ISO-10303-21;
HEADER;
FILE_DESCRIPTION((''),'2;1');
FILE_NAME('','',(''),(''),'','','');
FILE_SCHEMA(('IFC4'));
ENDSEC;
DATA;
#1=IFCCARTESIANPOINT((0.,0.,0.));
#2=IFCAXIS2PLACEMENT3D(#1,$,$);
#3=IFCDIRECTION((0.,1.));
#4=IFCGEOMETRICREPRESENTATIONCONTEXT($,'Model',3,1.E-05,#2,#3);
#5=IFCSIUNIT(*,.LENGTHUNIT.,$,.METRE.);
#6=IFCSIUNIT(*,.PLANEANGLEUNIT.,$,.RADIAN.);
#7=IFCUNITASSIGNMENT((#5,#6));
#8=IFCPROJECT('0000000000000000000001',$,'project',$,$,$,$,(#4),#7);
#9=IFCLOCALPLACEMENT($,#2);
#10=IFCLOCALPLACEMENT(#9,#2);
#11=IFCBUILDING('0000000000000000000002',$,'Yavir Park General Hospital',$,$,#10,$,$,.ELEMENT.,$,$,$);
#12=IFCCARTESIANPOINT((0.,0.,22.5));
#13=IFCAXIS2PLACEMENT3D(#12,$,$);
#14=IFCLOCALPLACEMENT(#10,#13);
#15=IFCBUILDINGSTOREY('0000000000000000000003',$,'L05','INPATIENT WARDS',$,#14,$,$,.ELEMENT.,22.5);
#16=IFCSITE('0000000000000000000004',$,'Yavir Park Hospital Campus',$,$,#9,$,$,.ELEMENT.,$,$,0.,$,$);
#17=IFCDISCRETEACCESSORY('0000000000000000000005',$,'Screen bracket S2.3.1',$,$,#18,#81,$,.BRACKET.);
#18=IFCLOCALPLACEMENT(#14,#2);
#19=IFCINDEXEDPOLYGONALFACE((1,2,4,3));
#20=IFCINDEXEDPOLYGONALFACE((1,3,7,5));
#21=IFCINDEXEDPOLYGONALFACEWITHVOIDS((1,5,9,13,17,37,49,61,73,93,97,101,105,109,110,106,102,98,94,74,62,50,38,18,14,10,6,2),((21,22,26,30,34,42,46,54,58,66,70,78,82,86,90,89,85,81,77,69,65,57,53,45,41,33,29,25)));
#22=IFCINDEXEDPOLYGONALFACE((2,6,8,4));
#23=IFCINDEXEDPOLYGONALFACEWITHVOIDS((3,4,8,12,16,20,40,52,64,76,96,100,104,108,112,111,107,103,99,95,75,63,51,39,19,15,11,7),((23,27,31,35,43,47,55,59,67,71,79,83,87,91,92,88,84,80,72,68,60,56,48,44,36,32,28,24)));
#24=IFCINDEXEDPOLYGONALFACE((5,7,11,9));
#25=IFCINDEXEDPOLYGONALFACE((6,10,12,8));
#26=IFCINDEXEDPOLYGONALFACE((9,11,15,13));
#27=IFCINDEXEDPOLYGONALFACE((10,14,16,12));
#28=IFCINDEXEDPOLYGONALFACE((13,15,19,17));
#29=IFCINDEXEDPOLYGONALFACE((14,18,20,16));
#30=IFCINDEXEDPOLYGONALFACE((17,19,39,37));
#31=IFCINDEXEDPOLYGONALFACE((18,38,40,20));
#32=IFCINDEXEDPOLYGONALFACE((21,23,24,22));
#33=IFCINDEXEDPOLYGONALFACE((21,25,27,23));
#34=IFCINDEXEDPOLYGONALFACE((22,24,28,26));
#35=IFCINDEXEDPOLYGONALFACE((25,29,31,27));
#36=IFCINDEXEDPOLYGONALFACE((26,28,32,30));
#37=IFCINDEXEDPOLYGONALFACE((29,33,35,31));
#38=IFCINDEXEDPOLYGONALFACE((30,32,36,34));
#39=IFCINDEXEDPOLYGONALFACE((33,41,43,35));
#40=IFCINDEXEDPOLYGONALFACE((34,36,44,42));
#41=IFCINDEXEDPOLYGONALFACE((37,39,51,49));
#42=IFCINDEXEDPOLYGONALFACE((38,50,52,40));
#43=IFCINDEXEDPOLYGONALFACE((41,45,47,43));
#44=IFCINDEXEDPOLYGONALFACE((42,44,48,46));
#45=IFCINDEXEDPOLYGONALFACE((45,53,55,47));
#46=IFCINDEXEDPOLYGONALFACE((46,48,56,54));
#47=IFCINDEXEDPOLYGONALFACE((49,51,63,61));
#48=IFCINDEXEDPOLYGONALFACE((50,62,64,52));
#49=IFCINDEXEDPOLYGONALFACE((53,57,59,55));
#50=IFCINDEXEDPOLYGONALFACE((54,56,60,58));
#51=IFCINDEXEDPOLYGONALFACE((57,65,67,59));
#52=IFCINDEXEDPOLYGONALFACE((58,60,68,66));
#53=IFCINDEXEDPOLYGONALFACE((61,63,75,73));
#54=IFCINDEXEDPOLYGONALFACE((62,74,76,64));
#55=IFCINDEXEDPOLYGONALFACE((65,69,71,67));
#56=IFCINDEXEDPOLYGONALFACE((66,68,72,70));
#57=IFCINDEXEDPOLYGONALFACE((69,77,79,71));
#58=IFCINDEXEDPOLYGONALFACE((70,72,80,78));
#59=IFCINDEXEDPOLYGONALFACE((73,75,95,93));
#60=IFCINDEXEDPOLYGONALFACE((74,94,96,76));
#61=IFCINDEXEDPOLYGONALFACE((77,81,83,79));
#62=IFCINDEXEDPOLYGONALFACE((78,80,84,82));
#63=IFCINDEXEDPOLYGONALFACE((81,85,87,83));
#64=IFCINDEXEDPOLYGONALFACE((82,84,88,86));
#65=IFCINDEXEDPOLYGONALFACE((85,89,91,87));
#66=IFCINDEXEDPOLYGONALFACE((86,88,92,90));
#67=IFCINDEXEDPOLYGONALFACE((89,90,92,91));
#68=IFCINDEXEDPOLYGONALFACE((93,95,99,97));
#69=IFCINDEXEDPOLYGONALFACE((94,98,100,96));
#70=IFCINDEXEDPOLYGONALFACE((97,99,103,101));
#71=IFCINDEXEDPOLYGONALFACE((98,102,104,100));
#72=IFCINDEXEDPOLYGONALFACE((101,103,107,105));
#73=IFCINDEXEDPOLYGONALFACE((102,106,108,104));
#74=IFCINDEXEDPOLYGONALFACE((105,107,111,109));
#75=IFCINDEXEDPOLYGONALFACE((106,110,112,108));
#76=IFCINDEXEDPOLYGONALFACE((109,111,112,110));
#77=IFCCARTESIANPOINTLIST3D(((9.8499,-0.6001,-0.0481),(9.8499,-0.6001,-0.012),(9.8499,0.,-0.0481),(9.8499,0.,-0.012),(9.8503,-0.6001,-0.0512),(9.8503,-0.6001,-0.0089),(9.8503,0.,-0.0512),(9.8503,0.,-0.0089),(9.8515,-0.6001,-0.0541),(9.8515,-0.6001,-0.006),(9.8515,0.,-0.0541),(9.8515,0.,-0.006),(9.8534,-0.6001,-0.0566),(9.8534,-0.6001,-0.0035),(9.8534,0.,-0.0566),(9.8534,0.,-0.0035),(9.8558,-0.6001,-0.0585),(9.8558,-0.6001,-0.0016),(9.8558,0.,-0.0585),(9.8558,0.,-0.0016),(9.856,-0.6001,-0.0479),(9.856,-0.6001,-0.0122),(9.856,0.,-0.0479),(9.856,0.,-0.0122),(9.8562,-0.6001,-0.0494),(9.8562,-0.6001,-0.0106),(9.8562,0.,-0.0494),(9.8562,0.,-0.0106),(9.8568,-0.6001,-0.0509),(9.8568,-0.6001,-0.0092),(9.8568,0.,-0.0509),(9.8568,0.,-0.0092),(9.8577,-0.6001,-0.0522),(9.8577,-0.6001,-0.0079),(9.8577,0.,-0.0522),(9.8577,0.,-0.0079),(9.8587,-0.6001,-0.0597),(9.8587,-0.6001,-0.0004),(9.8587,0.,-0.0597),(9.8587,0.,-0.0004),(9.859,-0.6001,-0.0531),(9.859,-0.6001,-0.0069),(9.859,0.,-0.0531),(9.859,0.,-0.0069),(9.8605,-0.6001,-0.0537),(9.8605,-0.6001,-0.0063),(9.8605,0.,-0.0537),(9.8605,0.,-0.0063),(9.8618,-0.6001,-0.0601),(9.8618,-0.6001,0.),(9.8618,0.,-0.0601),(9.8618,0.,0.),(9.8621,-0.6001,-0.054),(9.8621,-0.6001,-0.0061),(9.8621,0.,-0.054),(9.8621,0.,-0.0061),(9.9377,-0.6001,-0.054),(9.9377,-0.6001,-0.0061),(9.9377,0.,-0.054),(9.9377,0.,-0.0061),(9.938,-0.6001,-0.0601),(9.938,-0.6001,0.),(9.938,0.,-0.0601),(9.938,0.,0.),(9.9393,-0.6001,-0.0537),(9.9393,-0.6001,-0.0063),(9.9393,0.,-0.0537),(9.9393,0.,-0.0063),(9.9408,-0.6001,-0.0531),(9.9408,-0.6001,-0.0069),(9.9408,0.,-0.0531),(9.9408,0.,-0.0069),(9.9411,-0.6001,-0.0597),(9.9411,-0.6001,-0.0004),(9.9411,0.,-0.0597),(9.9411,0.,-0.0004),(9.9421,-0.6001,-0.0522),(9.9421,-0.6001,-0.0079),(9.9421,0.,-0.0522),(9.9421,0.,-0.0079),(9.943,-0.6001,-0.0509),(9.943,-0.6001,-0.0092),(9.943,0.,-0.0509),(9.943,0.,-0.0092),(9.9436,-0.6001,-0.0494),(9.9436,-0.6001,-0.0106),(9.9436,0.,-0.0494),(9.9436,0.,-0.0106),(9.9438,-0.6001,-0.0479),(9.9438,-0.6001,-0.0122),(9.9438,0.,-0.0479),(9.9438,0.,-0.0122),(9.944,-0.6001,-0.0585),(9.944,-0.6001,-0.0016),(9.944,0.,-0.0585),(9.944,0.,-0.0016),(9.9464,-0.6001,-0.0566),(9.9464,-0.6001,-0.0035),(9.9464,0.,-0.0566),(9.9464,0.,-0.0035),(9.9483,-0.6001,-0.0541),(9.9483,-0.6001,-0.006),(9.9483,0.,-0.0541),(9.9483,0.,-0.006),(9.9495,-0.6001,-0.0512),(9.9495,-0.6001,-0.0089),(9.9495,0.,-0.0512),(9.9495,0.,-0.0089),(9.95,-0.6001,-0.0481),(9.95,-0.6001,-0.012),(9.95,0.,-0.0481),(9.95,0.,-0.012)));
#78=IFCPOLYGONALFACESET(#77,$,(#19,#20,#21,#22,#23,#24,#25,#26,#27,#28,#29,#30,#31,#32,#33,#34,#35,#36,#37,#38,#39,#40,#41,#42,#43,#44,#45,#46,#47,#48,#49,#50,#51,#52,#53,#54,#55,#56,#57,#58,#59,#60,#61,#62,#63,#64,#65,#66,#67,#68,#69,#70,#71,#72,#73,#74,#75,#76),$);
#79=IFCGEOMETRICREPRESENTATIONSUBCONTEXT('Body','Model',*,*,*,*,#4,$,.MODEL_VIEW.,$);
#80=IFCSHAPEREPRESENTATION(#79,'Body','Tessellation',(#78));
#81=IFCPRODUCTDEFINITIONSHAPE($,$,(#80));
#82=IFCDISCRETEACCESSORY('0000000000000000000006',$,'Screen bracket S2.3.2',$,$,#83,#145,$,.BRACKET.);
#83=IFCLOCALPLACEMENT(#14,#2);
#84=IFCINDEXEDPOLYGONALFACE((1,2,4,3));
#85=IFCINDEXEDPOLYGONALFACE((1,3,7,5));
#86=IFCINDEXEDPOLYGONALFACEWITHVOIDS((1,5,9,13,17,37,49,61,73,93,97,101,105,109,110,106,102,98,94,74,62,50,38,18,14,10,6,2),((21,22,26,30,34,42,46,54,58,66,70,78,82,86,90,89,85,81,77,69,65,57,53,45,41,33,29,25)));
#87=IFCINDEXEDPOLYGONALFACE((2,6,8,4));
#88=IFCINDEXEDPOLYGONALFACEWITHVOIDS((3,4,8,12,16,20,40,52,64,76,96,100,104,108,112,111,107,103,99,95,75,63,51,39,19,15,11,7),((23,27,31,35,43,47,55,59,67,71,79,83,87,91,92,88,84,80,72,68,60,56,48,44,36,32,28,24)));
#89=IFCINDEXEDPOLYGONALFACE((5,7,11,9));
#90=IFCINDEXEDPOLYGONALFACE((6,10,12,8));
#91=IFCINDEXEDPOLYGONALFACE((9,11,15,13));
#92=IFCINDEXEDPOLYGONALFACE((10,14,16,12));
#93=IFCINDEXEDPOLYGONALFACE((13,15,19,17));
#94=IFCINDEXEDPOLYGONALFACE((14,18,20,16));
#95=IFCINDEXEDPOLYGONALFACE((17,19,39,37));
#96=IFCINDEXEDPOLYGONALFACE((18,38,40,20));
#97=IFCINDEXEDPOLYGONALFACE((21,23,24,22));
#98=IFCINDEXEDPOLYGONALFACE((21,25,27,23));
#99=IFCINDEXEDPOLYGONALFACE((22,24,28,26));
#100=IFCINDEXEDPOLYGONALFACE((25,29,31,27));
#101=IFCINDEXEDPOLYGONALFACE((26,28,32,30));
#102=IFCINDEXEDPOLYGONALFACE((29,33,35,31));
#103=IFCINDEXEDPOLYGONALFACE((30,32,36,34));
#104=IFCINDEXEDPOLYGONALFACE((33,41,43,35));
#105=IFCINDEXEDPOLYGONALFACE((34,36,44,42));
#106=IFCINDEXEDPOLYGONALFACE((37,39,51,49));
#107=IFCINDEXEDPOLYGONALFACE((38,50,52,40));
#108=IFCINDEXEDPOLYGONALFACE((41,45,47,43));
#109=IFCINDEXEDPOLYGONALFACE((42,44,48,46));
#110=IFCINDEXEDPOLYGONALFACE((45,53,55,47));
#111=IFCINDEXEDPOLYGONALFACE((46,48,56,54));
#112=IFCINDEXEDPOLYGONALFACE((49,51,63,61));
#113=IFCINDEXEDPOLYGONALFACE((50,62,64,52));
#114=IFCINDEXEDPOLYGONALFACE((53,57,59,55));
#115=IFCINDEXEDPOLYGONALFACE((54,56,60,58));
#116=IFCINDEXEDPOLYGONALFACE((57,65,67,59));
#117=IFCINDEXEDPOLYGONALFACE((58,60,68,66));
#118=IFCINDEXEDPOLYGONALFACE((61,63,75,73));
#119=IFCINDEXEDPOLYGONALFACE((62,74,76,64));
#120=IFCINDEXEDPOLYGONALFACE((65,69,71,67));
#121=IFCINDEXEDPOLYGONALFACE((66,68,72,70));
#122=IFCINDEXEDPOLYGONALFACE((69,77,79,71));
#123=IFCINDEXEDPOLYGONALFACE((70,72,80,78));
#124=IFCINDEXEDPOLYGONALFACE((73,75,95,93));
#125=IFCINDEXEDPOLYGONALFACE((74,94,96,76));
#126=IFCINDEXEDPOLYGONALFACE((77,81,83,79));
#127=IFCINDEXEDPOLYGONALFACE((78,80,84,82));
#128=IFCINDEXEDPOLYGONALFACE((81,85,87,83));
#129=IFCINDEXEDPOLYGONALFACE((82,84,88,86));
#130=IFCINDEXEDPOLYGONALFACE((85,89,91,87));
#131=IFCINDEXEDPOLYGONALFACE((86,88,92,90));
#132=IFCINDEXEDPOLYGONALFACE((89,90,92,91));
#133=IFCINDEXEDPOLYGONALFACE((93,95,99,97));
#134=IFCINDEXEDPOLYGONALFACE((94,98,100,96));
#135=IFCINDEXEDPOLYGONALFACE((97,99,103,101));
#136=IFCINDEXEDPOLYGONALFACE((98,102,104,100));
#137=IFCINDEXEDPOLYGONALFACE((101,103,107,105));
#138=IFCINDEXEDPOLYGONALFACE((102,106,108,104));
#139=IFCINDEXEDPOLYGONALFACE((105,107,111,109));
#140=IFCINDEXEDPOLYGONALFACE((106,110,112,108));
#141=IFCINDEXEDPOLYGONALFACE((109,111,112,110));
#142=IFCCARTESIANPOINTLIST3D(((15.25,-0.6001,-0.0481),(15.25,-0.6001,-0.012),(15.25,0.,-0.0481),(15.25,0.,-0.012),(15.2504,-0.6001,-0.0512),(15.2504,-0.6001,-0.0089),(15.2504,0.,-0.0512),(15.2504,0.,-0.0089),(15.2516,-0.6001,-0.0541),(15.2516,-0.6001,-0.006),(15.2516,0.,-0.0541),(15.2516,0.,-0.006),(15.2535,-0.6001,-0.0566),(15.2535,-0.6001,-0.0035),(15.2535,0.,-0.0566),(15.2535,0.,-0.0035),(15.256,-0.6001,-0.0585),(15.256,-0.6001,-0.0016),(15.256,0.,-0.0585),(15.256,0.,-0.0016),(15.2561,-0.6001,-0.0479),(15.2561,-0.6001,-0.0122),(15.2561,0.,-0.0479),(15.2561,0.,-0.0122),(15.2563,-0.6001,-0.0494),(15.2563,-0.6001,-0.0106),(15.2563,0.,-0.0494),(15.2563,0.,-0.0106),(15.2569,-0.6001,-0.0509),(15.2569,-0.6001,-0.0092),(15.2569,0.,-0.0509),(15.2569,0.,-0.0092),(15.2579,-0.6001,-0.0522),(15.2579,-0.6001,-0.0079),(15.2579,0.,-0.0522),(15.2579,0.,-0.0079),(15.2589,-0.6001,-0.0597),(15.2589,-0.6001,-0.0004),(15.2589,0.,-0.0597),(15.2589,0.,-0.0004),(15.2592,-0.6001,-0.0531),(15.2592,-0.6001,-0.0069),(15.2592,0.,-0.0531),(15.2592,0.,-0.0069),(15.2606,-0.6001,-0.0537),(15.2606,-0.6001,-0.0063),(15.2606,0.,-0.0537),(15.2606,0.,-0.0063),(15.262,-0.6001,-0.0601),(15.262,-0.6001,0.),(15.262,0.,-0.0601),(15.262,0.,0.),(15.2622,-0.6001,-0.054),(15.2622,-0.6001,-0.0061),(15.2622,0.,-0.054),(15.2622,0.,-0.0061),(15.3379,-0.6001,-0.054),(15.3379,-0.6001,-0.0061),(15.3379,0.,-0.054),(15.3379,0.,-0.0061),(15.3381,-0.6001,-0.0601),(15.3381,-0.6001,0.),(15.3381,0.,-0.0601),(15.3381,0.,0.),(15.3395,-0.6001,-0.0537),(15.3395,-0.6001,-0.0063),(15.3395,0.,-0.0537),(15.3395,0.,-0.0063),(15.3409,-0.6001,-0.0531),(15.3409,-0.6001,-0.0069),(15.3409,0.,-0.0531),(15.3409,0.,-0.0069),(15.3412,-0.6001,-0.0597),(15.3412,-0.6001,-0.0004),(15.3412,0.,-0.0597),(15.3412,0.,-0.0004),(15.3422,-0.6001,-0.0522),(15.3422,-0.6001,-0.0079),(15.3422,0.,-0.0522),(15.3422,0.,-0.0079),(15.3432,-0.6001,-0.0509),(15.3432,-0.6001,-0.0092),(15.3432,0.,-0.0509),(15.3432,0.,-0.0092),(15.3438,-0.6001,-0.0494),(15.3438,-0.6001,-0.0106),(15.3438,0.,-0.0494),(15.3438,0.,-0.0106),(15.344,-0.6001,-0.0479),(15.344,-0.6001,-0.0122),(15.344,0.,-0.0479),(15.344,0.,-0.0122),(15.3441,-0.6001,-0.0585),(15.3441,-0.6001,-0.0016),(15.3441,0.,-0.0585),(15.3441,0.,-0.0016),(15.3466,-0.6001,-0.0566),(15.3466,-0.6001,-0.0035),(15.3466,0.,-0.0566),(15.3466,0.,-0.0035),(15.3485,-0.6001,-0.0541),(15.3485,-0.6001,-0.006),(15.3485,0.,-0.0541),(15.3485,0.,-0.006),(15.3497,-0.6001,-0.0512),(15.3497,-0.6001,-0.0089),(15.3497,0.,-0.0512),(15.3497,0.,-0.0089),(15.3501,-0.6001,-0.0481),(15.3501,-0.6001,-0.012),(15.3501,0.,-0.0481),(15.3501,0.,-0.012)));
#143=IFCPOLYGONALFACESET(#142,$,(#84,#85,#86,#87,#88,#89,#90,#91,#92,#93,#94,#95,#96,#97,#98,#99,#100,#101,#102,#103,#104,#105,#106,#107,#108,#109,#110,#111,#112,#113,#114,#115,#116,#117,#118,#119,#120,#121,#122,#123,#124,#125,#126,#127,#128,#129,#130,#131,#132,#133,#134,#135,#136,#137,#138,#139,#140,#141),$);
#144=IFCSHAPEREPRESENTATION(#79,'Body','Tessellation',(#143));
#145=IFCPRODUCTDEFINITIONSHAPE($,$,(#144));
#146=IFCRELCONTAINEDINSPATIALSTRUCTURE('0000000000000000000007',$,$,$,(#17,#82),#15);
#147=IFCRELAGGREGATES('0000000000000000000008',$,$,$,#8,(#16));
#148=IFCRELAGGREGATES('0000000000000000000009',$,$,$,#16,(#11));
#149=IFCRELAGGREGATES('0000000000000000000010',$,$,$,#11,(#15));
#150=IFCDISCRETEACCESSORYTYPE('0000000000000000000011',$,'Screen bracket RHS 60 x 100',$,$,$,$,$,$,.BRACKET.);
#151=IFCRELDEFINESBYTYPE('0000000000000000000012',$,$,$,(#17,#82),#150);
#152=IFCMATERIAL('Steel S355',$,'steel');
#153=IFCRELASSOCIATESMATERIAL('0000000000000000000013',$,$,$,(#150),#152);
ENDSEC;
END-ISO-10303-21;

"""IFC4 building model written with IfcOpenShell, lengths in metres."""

from ifc_helpers import new_model, si_unit, direction, frame, origin, origin_2d, place, context, subcontext, project, spatial, hollow_rectangle, extrude, material, material_profile, profile_set, type_object, element, save


model = new_model("IFC4")

# Units and contexts
model_context = context("Model", 3, precision=1e-05, world=origin(), true_north=direction((0.0, 1.0)))
body_context = subcontext(model_context, "Body", "Model", "MODEL_VIEW")
ifc_project = project(units=[si_unit("LENGTHUNIT", "METRE"), si_unit("PLANEANGLEUNIT", "RADIAN")], contexts=[model_context])

# Site, building, storey
site_placement = place(None, origin())
site = spatial("IfcSite", under=ifc_project, at=site_placement, Name="Yavir Park Hospital Campus", CompositionType="ELEMENT", RefElevation=0.0)
building_placement = place(site_placement, origin())
building = spatial("IfcBuilding", under=site, at=building_placement, Name="Yavir Park General Hospital", CompositionType="ELEMENT")
storey_placement = place(building_placement, frame((0.0, 0.0, 22.5)))
storey = spatial("IfcBuildingStorey", under=building, at=storey_placement, Name="L05", Description="INPATIENT WARDS", CompositionType="ELEMENT", Elevation=22.5)

# Discrete accessories
ifc_material_1 = material(Name="Steel S355", Category="steel")
ifc_material_profile_1 = material_profile(ifc_material_1, hollow_rectangle(XDim=0.1001, YDim=0.0601, WallThickness=0.0061, InnerFilletRadius=0.0061, OuterFilletRadius=0.012, at=origin_2d()), Name="RHS60x100x6")
ifc_profile_set_1 = profile_set([ifc_material_profile_1], Name="Steel S355")
discrete_accessory_type_1 = type_object("IfcDiscreteAccessoryType", Name="Screen bracket RHS 60 x 100", PredefinedType="BRACKET", material=ifc_profile_set_1)
for number, where, z_axis, x_axis, name in (
    (1, (9.8999, 0.0, -0.03), (0.0, -1.0, 0.0), (1.0, 0.0, 0.0), "Screen bracket S2.3.1"),
    (2, (15.3, 0.0, -0.03), (0.0, -1.0, 0.0), (1.0, 0.0, 0.0), "Screen bracket S2.3.2"),
):
    element("IfcDiscreteAccessory", number, at=place(storey_placement, frame(where, z_axis=z_axis, x_axis=x_axis)), inside=storey, type_object=discrete_accessory_type_1, Name=name, PredefinedType="BRACKET", context=body_context, shape_type="SweptSolid", body=[
        extrude(hollow_rectangle(XDim=0.1001, YDim=0.0601, WallThickness=0.0061, InnerFilletRadius=0.0061, OuterFilletRadius=0.012, at=origin_2d()), origin(), (0.0, 0.0, 1.0), 0.6001),
    ])

save(model, "model.ifc")
